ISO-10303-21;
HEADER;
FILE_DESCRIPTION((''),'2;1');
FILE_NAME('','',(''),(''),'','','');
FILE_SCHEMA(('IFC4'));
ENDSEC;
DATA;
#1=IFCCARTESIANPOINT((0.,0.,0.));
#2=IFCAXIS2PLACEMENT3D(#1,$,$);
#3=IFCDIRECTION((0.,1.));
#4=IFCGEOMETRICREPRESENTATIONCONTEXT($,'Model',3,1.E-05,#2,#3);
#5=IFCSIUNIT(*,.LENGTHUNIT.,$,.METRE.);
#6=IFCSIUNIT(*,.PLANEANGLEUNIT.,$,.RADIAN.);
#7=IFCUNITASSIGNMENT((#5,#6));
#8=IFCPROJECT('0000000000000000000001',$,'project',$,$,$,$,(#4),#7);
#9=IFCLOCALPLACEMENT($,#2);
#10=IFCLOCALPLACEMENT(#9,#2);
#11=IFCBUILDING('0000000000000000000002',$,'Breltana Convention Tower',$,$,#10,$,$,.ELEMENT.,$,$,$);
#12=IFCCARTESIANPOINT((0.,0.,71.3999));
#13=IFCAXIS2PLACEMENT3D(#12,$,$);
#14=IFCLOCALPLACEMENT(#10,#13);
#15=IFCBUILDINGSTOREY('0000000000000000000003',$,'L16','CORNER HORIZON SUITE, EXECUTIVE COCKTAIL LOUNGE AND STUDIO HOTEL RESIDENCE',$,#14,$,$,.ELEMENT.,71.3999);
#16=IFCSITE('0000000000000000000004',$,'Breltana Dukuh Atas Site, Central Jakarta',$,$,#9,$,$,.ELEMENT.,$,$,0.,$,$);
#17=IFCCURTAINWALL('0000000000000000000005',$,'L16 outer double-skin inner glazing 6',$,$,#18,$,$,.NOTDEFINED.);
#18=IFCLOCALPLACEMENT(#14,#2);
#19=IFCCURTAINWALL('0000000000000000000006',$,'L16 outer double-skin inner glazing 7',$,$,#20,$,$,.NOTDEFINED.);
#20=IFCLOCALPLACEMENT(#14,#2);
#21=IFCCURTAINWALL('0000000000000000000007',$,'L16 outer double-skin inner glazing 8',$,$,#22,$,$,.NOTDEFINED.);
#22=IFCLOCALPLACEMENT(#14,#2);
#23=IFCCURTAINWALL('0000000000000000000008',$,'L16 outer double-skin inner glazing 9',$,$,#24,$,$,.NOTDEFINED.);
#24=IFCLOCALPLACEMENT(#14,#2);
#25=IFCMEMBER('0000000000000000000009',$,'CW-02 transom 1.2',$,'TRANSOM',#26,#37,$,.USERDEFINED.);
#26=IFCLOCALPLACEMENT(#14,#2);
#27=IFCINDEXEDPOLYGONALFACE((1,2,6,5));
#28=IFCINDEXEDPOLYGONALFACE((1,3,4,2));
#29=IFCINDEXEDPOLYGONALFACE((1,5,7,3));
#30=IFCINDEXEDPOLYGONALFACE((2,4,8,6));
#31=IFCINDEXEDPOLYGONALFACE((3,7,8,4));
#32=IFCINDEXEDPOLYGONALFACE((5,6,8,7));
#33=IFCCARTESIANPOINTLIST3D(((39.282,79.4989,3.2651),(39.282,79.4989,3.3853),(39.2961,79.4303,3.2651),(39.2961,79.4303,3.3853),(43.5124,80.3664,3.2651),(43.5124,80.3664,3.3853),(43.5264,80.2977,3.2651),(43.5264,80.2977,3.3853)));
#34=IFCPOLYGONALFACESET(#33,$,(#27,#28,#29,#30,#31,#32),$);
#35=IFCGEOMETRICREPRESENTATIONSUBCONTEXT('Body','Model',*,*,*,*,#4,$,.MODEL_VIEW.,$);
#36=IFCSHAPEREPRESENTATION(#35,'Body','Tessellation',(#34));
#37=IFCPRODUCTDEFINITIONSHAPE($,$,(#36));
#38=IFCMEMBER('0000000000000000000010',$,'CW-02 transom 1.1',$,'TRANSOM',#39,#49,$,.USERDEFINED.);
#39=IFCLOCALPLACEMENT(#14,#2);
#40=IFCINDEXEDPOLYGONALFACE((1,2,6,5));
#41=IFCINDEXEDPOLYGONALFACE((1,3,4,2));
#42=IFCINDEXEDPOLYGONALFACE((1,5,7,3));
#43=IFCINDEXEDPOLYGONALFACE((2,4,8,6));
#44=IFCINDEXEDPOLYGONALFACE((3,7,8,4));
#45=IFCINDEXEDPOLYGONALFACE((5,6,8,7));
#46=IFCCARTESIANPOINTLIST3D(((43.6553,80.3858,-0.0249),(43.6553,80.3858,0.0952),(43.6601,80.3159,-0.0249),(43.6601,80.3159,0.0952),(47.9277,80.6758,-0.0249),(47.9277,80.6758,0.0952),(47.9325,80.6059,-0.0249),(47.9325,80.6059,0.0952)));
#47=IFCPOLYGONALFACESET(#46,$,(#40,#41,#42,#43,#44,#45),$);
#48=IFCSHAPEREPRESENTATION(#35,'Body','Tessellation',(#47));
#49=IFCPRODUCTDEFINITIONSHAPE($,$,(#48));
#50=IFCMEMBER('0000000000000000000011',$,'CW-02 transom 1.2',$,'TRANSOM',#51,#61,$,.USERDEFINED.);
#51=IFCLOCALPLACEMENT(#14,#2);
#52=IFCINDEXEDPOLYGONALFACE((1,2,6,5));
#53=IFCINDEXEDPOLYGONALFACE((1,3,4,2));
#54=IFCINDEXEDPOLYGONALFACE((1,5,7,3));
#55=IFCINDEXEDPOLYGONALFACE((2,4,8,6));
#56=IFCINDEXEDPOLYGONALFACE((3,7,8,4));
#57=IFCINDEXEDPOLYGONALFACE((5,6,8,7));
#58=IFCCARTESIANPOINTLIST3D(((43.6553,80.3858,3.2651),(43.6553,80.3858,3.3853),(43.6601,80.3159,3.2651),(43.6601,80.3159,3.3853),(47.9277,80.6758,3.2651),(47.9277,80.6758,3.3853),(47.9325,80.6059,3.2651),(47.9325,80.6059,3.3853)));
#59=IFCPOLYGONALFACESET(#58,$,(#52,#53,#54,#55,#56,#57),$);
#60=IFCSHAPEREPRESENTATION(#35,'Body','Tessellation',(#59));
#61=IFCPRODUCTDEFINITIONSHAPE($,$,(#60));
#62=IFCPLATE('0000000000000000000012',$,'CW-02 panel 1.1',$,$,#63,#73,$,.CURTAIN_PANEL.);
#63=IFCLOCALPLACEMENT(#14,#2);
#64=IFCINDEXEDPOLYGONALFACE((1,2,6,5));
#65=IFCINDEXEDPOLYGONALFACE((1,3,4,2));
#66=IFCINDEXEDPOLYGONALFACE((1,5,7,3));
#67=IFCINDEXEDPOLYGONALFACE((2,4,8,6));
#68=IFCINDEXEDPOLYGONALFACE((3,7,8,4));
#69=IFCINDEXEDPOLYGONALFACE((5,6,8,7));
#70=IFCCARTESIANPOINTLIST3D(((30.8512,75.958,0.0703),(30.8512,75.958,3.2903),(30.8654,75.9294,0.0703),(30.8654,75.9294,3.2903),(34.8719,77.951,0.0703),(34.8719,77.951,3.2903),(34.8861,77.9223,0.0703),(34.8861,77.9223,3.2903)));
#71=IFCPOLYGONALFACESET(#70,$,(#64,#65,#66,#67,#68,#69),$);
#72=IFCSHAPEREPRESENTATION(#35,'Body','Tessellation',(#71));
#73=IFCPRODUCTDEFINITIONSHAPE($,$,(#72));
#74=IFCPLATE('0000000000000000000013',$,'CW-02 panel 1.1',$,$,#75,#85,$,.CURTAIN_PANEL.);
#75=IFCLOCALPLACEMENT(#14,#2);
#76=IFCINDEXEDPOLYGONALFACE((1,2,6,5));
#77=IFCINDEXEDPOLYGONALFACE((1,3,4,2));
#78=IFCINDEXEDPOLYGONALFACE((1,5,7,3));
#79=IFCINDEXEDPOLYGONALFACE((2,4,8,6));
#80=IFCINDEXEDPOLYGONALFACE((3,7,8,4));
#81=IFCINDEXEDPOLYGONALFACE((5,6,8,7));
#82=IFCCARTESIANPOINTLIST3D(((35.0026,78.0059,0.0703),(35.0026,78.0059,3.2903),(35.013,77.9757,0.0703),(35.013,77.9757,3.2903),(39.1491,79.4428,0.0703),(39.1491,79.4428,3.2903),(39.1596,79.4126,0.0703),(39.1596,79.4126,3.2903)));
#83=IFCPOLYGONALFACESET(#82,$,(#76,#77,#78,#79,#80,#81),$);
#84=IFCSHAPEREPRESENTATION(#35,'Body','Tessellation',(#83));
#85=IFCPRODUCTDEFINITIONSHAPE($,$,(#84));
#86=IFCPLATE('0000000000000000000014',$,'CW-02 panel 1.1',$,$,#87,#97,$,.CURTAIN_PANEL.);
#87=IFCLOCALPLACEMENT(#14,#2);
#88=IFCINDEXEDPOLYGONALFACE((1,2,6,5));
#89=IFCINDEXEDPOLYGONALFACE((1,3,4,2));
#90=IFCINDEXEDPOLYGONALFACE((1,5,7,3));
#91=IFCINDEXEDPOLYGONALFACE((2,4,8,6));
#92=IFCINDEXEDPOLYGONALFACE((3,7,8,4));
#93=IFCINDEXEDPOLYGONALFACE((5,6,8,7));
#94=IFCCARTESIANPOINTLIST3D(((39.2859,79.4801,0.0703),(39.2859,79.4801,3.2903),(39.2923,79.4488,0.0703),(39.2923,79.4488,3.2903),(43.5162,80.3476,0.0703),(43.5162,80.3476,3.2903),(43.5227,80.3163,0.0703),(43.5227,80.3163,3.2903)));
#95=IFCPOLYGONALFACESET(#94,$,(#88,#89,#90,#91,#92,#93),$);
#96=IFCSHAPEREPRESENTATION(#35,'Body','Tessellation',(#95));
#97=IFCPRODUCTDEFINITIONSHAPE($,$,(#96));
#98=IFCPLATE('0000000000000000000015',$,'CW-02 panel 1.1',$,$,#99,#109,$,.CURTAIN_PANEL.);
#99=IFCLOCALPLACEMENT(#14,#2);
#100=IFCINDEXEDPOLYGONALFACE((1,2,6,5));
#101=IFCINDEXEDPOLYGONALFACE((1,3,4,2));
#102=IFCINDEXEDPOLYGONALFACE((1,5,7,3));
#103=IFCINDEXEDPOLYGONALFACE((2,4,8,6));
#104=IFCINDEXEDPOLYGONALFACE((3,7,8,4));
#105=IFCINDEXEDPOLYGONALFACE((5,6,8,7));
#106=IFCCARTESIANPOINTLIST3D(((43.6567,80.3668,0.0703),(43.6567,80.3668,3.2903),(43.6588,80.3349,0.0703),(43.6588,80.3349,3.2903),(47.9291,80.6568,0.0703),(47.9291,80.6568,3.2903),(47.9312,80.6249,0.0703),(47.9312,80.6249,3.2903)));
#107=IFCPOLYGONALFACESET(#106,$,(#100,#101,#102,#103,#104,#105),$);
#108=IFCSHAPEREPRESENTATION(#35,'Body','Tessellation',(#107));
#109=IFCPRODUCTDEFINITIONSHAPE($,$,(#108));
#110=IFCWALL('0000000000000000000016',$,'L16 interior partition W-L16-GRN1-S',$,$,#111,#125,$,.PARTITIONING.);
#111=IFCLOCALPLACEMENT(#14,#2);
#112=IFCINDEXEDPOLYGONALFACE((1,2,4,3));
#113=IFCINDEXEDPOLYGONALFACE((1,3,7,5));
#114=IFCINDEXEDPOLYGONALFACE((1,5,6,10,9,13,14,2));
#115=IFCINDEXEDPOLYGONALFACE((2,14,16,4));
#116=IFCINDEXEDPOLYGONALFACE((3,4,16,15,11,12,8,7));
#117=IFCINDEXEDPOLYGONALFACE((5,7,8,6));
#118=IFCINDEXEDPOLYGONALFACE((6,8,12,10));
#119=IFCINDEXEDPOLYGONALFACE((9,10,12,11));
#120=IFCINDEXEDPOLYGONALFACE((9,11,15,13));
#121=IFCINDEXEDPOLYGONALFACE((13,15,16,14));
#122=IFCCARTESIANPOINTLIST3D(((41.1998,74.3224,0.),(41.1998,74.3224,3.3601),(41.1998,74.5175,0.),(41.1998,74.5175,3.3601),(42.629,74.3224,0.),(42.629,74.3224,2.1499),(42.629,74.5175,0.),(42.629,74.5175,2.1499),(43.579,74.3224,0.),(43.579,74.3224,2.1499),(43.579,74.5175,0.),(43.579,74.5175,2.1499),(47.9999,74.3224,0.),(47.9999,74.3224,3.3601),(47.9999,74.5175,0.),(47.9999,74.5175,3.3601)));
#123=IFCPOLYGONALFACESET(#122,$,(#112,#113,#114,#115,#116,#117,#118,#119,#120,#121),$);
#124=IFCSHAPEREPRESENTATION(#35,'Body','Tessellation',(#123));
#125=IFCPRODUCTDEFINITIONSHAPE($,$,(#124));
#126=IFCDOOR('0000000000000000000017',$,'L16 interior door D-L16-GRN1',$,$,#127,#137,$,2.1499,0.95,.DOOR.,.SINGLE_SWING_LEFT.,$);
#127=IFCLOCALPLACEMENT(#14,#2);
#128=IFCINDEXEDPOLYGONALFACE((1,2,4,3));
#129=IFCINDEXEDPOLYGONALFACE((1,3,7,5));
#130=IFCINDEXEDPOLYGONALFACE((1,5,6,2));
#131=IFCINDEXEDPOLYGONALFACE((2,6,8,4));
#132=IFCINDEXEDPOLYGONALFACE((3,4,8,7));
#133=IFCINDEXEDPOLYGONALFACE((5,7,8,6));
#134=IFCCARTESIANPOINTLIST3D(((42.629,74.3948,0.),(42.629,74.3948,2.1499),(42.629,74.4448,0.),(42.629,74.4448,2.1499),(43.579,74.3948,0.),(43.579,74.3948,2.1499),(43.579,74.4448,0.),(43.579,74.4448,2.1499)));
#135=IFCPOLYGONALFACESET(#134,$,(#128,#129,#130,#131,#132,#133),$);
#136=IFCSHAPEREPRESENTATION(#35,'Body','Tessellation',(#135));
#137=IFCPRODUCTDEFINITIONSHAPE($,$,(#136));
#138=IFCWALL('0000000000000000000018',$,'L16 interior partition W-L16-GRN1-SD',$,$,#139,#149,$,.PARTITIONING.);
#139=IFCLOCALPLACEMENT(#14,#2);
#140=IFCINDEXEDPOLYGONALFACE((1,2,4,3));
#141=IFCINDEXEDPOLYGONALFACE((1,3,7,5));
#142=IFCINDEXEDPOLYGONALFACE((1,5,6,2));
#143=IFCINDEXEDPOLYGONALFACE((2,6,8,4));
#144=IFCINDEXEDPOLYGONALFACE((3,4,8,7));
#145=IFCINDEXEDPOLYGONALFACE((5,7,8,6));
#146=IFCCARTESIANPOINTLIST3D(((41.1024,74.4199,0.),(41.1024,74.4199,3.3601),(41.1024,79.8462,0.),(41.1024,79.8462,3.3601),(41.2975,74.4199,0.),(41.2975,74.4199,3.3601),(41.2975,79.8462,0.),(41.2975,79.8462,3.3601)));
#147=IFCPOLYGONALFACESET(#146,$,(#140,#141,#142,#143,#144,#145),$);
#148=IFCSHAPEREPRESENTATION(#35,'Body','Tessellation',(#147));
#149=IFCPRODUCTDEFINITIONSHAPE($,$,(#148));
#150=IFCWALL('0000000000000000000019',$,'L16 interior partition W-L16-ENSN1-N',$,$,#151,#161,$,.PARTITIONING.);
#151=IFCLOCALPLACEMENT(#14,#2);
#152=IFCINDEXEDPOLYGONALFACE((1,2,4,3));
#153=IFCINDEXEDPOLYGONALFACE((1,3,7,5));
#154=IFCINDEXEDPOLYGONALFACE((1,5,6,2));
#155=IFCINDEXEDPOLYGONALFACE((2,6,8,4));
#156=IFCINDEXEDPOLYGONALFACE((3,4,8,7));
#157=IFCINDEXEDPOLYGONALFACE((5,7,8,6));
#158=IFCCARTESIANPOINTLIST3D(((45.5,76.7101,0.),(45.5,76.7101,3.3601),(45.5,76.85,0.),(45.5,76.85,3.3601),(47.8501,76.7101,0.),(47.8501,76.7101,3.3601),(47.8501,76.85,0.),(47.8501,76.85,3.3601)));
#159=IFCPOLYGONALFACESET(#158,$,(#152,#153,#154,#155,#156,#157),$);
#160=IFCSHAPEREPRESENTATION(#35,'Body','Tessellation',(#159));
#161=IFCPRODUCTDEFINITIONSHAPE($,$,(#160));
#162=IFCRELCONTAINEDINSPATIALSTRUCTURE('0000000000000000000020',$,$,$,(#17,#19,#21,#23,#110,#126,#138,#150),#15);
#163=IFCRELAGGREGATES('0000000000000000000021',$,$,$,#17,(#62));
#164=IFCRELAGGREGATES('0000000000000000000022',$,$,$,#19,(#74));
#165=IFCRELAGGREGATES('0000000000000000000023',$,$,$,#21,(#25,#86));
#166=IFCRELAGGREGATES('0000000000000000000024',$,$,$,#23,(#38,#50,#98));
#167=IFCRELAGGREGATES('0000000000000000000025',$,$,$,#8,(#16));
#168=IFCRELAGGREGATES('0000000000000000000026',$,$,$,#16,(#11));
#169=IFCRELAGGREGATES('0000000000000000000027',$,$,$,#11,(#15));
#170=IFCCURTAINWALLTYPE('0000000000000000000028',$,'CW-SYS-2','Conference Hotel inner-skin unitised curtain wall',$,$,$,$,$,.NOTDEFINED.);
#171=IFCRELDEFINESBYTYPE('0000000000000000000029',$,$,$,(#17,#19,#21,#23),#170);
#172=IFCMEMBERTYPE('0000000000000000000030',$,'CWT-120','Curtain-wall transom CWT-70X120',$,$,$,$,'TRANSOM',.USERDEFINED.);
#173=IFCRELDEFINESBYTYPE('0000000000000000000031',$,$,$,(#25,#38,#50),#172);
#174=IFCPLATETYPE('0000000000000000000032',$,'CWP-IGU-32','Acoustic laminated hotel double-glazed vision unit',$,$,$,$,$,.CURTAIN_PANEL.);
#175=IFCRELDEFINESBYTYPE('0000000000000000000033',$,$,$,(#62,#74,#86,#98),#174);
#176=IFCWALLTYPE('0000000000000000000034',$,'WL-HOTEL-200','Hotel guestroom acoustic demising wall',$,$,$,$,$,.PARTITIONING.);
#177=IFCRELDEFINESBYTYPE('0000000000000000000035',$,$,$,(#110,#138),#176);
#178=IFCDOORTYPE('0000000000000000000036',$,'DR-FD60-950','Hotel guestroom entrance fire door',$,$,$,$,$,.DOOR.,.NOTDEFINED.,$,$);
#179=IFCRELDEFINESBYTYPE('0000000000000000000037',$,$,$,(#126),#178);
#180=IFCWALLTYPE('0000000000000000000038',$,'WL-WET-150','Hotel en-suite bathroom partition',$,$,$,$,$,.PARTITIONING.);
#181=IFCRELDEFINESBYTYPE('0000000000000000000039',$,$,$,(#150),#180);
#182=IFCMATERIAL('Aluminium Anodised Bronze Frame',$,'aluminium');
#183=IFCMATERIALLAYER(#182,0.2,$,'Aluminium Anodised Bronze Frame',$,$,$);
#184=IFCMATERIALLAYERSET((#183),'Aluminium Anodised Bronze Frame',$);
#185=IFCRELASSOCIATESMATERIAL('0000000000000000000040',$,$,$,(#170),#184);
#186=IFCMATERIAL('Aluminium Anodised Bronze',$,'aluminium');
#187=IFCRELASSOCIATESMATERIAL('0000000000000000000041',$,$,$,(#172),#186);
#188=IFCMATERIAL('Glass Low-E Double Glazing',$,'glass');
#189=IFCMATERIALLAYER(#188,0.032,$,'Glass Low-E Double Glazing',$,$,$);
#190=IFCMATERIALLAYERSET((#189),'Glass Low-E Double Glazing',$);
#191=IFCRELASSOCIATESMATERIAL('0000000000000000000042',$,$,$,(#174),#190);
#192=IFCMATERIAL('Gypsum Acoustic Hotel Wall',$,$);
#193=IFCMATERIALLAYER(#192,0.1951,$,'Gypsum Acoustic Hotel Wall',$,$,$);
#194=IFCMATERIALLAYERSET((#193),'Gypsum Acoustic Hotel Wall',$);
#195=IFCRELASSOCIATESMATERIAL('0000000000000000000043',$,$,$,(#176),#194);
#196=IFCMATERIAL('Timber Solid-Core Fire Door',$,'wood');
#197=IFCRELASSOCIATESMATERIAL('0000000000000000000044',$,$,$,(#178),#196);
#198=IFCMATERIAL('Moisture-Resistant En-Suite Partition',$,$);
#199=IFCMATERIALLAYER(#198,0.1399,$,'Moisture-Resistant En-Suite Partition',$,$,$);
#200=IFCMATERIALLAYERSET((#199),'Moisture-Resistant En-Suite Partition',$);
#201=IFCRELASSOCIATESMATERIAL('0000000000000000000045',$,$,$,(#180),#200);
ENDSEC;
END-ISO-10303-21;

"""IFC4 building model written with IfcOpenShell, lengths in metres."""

from ifc_helpers import new_model, si_unit, direction, frame, frame_2d, origin, origin_2d, place, context, subcontext, project, spatial, rectangle, extrude, source, transform, mapped, material, layer, layer_set, material_profile, profile_set, type_object, type_shapes, element, fill, aggregate, save


model = new_model("IFC4")

# Units and contexts
model_context = context("Model", 3, precision=1e-05, world=origin(), true_north=direction((0.0, 1.0)))
body_context = subcontext(model_context, "Body", "Model", "MODEL_VIEW")
ifc_project = project(units=[si_unit("LENGTHUNIT", "METRE"), si_unit("PLANEANGLEUNIT", "RADIAN")], contexts=[model_context])

# Site, building, storey
site_placement = place(None, origin())
site = spatial("IfcSite", under=ifc_project, at=site_placement, Name="Breltana Dukuh Atas Site, Central Jakarta", CompositionType="ELEMENT", RefElevation=0.0)
building_placement = place(site_placement, origin())
building = spatial("IfcBuilding", under=site, at=building_placement, Name="Breltana Convention Tower", CompositionType="ELEMENT")
storey_placement = place(building_placement, frame((0.0, 0.0, 71.3999)))
storey = spatial("IfcBuildingStorey", under=building, at=storey_placement, Name="L16", Description="CORNER HORIZON SUITE, EXECUTIVE COCKTAIL LOUNGE AND STUDIO HOTEL RESIDENCE", CompositionType="ELEMENT", Elevation=71.3999)

# Curtain wall
ifc_material_1 = material(Name="Aluminium Anodised Bronze Frame", Category="aluminium")
ifc_layer_1 = layer(ifc_material_1, 0.2, Name="Aluminium Anodised Bronze Frame")
ifc_layer_set_1 = layer_set([ifc_layer_1], Name="Aluminium Anodised Bronze Frame")
curtain_wall_type = type_object("IfcCurtainWallType", Name="CW-SYS-2", Description="Conference Hotel inner-skin unitised curtain wall", PredefinedType="NOTDEFINED", material=ifc_layer_set_1)
curtain_wall_1_placement = place(storey_placement, origin())
curtain_wall_1 = element("IfcCurtainWall", 1, at=curtain_wall_1_placement, inside=storey, type_object=curtain_wall_type, Name="L16 outer double-skin inner glazing 6", PredefinedType="NOTDEFINED")
ifc_material_2 = material(Name="Aluminium Anodised Bronze", Category="aluminium")

# Curtain walls
curtain_wall_2_placement = place(storey_placement, origin())
curtain_wall_2 = element("IfcCurtainWall", 2, at=curtain_wall_2_placement, inside=storey, type_object=curtain_wall_type, Name="L16 outer double-skin inner glazing 7", PredefinedType="NOTDEFINED")
curtain_wall_3_placement = place(storey_placement, origin())
curtain_wall_3 = element("IfcCurtainWall", 3, at=curtain_wall_3_placement, inside=storey, type_object=curtain_wall_type, Name="L16 outer double-skin inner glazing 8", PredefinedType="NOTDEFINED")

# Curtain wall
curtain_wall_4_placement = place(storey_placement, origin())
curtain_wall_4 = element("IfcCurtainWall", 4, at=curtain_wall_4_placement, inside=storey, type_object=curtain_wall_type, Name="L16 outer double-skin inner glazing 9", PredefinedType="NOTDEFINED")

# Members
ifc_material_profile_1 = material_profile(ifc_material_2, rectangle(XDim=0.0701, YDim=0.1201, at=origin_2d()), Name="CWT-70X120")
ifc_profile_set_1 = profile_set([ifc_material_profile_1], Name="Aluminium Anodised Bronze")
member_type_1 = type_object("IfcMemberType", Name="CWT-120", Description="Curtain-wall transom CWT-70X120", ElementType="TRANSOM", PredefinedType="USERDEFINED", material=ifc_profile_set_1)
shared_shape_1 = source(origin(), body_context, "Body", "SweptSolid", [
    extrude(rectangle(XDim=0.0701, YDim=0.1201, at=origin_2d()), origin(), (0.0, 0.0, 1.0), 4.3184),
])
member_1_placement = place(storey_placement, frame((39.2891, 79.4646, 3.3252), z_axis=(0.979617, 0.200876, 0.0), x_axis=(-0.200876, 0.979617, 0.0)))
member_1 = element("IfcMember", 5, at=member_1_placement, type_object=member_type_1, Name="CW-02 transom 1.2", ObjectType="TRANSOM", PredefinedType="USERDEFINED", context=body_context, shape_type="MappedRepresentation", body=[
    mapped(shared_shape_1, transform((0.0, 0.0, 0.0), scale=1.0)),
])
shared_shape_2 = source(origin(), body_context, "Body", "SweptSolid", [
    extrude(rectangle(XDim=0.0701, YDim=0.1201, at=origin_2d()), origin(), (0.0, 0.0, 1.0), 4.2822),
])
member_2_placement = place(storey_placement, frame((43.6577, 80.3508, 0.0352), z_axis=(0.997704, 0.06773, 0.0), x_axis=(-0.06773, 0.997704, 0.0)))
member_2 = element("IfcMember", 6, at=member_2_placement, type_object=member_type_1, Name="CW-02 transom 1.1", ObjectType="TRANSOM", PredefinedType="USERDEFINED", context=body_context, shape_type="MappedRepresentation", body=[
    mapped(shared_shape_2, transform((0.0, 0.0, 0.0), scale=1.0)),
])
member_3_placement = place(storey_placement, frame((43.6577, 80.3508, 3.3252), z_axis=(0.997704, 0.06773, 0.0), x_axis=(-0.06773, 0.997704, 0.0)))
member_3 = element("IfcMember", 7, at=member_3_placement, type_object=member_type_1, Name="CW-02 transom 1.2", ObjectType="TRANSOM", PredefinedType="USERDEFINED", context=body_context, shape_type="MappedRepresentation", body=[
    mapped(shared_shape_2, transform((0.0, 0.0, 0.0), scale=1.0)),
])

# Plates
ifc_material_3 = material(Name="Glass Low-E Double Glazing", Category="glass")
ifc_layer_2 = layer(ifc_material_3, 0.032, Name="Glass Low-E Double Glazing")
ifc_layer_set_2 = layer_set([ifc_layer_2], Name="Glass Low-E Double Glazing")
plate_type = type_object("IfcPlateType", Name="CWP-IGU-32", Description="Acoustic laminated hotel double-glazed vision unit", PredefinedType="CURTAIN_PANEL", material=ifc_layer_set_2)
shared_shape_3 = source(origin(), body_context, "Body", "SweptSolid", [
    extrude(rectangle(XDim=4.4875, YDim=0.032, at=origin_2d()), origin(), (0.0, 0.0, 1.0), 3.22),
])
plate_1_placement = place(storey_placement, frame((32.8687, 76.9402, 0.0703), z_axis=(0.0, 0.0, 1.0), x_axis=(0.895973, 0.444108, 0.0)))
plate_1 = element("IfcPlate", 8, at=plate_1_placement, type_object=plate_type, Name="CW-02 panel 1.1", PredefinedType="CURTAIN_PANEL", context=body_context, shape_type="MappedRepresentation", body=[
    mapped(shared_shape_3, transform((0.0, 0.0, 0.0), scale=1.0)),
])
aggregate(curtain_wall_1, [plate_1])
shared_shape_4 = source(origin(), body_context, "Body", "SweptSolid", [
    extrude(rectangle(XDim=4.3884, YDim=0.032, at=origin_2d()), origin(), (0.0, 0.0, 1.0), 3.22),
])
plate_2_placement = place(storey_placement, frame((37.0811, 78.7092, 0.0703), z_axis=(0.0, 0.0, 1.0), x_axis=(0.944876, 0.327428, 0.0)))
plate_2 = element("IfcPlate", 9, at=plate_2_placement, type_object=plate_type, Name="CW-02 panel 1.1", PredefinedType="CURTAIN_PANEL", context=body_context, shape_type="MappedRepresentation", body=[
    mapped(shared_shape_4, transform((0.0, 0.0, 0.0), scale=1.0)),
])
aggregate(curtain_wall_2, [plate_2])
shared_shape_5 = source(origin(), body_context, "Body", "SweptSolid", [
    extrude(rectangle(XDim=4.3184, YDim=0.032, at=origin_2d()), origin(), (0.0, 0.0, 1.0), 3.22),
])
plate_3_placement = place(storey_placement, frame((41.4043, 79.8982, 0.0703), z_axis=(0.0, 0.0, 1.0), x_axis=(0.979615, 0.200885, 0.0)))
plate_3 = element("IfcPlate", 10, at=plate_3_placement, type_object=plate_type, Name="CW-02 panel 1.1", PredefinedType="CURTAIN_PANEL", context=body_context, shape_type="MappedRepresentation", body=[
    mapped(shared_shape_5, transform((0.0, 0.0, 0.0), scale=1.0)),
])
aggregate(curtain_wall_3, [member_1, plate_3])
shared_shape_6 = source(origin(), body_context, "Body", "SweptSolid", [
    extrude(rectangle(XDim=4.2822, YDim=0.032, at=origin_2d()), origin(), (0.0, 0.0, 1.0), 3.22),
])
plate_4_placement = place(storey_placement, frame((45.7939, 80.4958, 0.0703), z_axis=(0.0, 0.0, 1.0), x_axis=(0.997704, 0.067726, 0.0)))
plate_4 = element("IfcPlate", 11, at=plate_4_placement, type_object=plate_type, Name="CW-02 panel 1.1", PredefinedType="CURTAIN_PANEL", context=body_context, shape_type="MappedRepresentation", body=[
    mapped(shared_shape_6, transform((0.0, 0.0, 0.0), scale=1.0)),
])
aggregate(curtain_wall_4, [member_2, member_3, plate_4])

# Wall, opening, door
ifc_material_4 = material(Name="Gypsum Acoustic Hotel Wall")
ifc_layer_3 = layer(ifc_material_4, 0.1951, Name="Gypsum Acoustic Hotel Wall")
ifc_layer_set_3 = layer_set([ifc_layer_3], Name="Gypsum Acoustic Hotel Wall")
wall_type_1 = type_object("IfcWallType", Name="WL-HOTEL-200", Description="Hotel guestroom acoustic demising wall", PredefinedType="PARTITIONING", material=ifc_layer_set_3)
shared_shape_7 = source(origin(), body_context, "Body", "SweptSolid", [
    extrude(rectangle(XDim=6.8, YDim=0.1951, at=frame_2d((3.3999, 0.0))), origin(), (0.0, 0.0, 1.0), 3.3601),
])
type_shapes(wall_type_1, [shared_shape_7])
wall_1_placement = place(storey_placement, frame((41.2, 74.4199, 0.0), z_axis=(0.0, 0.0, 1.0), x_axis=(1.0, 0.0, 0.0)))
wall_1 = element("IfcWall", 12, at=wall_1_placement, inside=storey, type_object=wall_type_1, Name="L16 interior partition W-L16-GRN1-S", PredefinedType="PARTITIONING", context=body_context, shape_type="MappedRepresentation", body=[
    mapped(shared_shape_7, transform((0.0, 0.0, 0.0), scale=1.0)),
])
opening_1_placement = place(wall_1_placement, frame((1.429, 0.0, 0.0)))
opening_1 = element("IfcOpeningElement", 13, at=opening_1_placement, cuts=wall_1, PredefinedType="OPENING", context=body_context, shape_type="SweptSolid", body=[
    extrude(rectangle(XDim=0.95, YDim=2.1499, at=frame_2d((0.4751, 1.075))), frame((0.0, 0.1074, 0.0), z_axis=(0.0, -1.0, 0.0), x_axis=(1.0, 0.0, 0.0)), (0.0, 0.0, 1.0), 0.2151),
])
ifc_material_5 = material(Name="Timber Solid-Core Fire Door", Category="wood")
door_type_1 = type_object("IfcDoorType", Name="DR-FD60-950", Description="Hotel guestroom entrance fire door", OperationType="NOTDEFINED", PredefinedType="DOOR", material=ifc_material_5)
shared_shape_8 = source(origin(), body_context, "Body", "SweptSolid", [
    extrude(rectangle(XDim=0.95, YDim=2.1499, at=frame_2d((0.4751, 1.075))), frame((0.0, 0.0249, 0.0), z_axis=(0.0, -1.0, 0.0), x_axis=(1.0, 0.0, 0.0)), (0.0, 0.0, 1.0), 0.05),
])
type_shapes(door_type_1, [shared_shape_8])
door_1_placement = place(opening_1_placement, origin())
door_1 = element("IfcDoor", 14, at=door_1_placement, inside=storey, type_object=door_type_1, Name="L16 interior door D-L16-GRN1", OperationType="SINGLE_SWING_LEFT", OverallHeight=2.1499, OverallWidth=0.95, PredefinedType="DOOR", context=body_context, shape_type="MappedRepresentation", body=[
    mapped(shared_shape_8, transform((0.0, 0.0, 0.0), scale=1.0)),
])
fill(opening_1, door_1)

# Walls
shared_shape_9 = source(origin(), body_context, "Body", "SweptSolid", [
    extrude(rectangle(XDim=5.4263, YDim=0.1951, at=frame_2d((2.7131, 0.0))), origin(), (0.0, 0.0, 1.0), 3.3601),
])
wall_2_placement = place(storey_placement, frame((41.2, 74.4199, 0.0), z_axis=(0.0, 0.0, 1.0), x_axis=(0.0, 1.0, 0.0)))
element("IfcWall", 15, at=wall_2_placement, inside=storey, type_object=wall_type_1, Name="L16 interior partition W-L16-GRN1-SD", PredefinedType="PARTITIONING", context=body_context, shape_type="MappedRepresentation", body=[
    mapped(shared_shape_9, transform((0.0, 0.0, 0.0), scale=1.0)),
])
ifc_material_6 = material(Name="Moisture-Resistant En-Suite Partition")
ifc_layer_4 = layer(ifc_material_6, 0.1399, Name="Moisture-Resistant En-Suite Partition")
ifc_layer_set_4 = layer_set([ifc_layer_4], Name="Moisture-Resistant En-Suite Partition")
wall_type_2 = type_object("IfcWallType", Name="WL-WET-150", Description="Hotel en-suite bathroom partition", PredefinedType="PARTITIONING", material=ifc_layer_set_4)
shared_shape_10 = source(origin(), body_context, "Body", "SweptSolid", [
    extrude(rectangle(XDim=2.3501, YDim=0.1399, at=frame_2d((1.175, 0.0))), origin(), (0.0, 0.0, 1.0), 3.3601),
])
type_shapes(wall_type_2, [shared_shape_10])
wall_3_placement = place(storey_placement, frame((45.5, 76.78, 0.0), z_axis=(0.0, 0.0, 1.0), x_axis=(1.0, 0.0, 0.0)))
element("IfcWall", 16, at=wall_3_placement, inside=storey, type_object=wall_type_2, Name="L16 interior partition W-L16-ENSN1-N", PredefinedType="PARTITIONING", context=body_context, shape_type="MappedRepresentation", body=[
    mapped(shared_shape_10, transform((0.0, 0.0, 0.0), scale=1.0)),
])

save(model, "model.ifc")
